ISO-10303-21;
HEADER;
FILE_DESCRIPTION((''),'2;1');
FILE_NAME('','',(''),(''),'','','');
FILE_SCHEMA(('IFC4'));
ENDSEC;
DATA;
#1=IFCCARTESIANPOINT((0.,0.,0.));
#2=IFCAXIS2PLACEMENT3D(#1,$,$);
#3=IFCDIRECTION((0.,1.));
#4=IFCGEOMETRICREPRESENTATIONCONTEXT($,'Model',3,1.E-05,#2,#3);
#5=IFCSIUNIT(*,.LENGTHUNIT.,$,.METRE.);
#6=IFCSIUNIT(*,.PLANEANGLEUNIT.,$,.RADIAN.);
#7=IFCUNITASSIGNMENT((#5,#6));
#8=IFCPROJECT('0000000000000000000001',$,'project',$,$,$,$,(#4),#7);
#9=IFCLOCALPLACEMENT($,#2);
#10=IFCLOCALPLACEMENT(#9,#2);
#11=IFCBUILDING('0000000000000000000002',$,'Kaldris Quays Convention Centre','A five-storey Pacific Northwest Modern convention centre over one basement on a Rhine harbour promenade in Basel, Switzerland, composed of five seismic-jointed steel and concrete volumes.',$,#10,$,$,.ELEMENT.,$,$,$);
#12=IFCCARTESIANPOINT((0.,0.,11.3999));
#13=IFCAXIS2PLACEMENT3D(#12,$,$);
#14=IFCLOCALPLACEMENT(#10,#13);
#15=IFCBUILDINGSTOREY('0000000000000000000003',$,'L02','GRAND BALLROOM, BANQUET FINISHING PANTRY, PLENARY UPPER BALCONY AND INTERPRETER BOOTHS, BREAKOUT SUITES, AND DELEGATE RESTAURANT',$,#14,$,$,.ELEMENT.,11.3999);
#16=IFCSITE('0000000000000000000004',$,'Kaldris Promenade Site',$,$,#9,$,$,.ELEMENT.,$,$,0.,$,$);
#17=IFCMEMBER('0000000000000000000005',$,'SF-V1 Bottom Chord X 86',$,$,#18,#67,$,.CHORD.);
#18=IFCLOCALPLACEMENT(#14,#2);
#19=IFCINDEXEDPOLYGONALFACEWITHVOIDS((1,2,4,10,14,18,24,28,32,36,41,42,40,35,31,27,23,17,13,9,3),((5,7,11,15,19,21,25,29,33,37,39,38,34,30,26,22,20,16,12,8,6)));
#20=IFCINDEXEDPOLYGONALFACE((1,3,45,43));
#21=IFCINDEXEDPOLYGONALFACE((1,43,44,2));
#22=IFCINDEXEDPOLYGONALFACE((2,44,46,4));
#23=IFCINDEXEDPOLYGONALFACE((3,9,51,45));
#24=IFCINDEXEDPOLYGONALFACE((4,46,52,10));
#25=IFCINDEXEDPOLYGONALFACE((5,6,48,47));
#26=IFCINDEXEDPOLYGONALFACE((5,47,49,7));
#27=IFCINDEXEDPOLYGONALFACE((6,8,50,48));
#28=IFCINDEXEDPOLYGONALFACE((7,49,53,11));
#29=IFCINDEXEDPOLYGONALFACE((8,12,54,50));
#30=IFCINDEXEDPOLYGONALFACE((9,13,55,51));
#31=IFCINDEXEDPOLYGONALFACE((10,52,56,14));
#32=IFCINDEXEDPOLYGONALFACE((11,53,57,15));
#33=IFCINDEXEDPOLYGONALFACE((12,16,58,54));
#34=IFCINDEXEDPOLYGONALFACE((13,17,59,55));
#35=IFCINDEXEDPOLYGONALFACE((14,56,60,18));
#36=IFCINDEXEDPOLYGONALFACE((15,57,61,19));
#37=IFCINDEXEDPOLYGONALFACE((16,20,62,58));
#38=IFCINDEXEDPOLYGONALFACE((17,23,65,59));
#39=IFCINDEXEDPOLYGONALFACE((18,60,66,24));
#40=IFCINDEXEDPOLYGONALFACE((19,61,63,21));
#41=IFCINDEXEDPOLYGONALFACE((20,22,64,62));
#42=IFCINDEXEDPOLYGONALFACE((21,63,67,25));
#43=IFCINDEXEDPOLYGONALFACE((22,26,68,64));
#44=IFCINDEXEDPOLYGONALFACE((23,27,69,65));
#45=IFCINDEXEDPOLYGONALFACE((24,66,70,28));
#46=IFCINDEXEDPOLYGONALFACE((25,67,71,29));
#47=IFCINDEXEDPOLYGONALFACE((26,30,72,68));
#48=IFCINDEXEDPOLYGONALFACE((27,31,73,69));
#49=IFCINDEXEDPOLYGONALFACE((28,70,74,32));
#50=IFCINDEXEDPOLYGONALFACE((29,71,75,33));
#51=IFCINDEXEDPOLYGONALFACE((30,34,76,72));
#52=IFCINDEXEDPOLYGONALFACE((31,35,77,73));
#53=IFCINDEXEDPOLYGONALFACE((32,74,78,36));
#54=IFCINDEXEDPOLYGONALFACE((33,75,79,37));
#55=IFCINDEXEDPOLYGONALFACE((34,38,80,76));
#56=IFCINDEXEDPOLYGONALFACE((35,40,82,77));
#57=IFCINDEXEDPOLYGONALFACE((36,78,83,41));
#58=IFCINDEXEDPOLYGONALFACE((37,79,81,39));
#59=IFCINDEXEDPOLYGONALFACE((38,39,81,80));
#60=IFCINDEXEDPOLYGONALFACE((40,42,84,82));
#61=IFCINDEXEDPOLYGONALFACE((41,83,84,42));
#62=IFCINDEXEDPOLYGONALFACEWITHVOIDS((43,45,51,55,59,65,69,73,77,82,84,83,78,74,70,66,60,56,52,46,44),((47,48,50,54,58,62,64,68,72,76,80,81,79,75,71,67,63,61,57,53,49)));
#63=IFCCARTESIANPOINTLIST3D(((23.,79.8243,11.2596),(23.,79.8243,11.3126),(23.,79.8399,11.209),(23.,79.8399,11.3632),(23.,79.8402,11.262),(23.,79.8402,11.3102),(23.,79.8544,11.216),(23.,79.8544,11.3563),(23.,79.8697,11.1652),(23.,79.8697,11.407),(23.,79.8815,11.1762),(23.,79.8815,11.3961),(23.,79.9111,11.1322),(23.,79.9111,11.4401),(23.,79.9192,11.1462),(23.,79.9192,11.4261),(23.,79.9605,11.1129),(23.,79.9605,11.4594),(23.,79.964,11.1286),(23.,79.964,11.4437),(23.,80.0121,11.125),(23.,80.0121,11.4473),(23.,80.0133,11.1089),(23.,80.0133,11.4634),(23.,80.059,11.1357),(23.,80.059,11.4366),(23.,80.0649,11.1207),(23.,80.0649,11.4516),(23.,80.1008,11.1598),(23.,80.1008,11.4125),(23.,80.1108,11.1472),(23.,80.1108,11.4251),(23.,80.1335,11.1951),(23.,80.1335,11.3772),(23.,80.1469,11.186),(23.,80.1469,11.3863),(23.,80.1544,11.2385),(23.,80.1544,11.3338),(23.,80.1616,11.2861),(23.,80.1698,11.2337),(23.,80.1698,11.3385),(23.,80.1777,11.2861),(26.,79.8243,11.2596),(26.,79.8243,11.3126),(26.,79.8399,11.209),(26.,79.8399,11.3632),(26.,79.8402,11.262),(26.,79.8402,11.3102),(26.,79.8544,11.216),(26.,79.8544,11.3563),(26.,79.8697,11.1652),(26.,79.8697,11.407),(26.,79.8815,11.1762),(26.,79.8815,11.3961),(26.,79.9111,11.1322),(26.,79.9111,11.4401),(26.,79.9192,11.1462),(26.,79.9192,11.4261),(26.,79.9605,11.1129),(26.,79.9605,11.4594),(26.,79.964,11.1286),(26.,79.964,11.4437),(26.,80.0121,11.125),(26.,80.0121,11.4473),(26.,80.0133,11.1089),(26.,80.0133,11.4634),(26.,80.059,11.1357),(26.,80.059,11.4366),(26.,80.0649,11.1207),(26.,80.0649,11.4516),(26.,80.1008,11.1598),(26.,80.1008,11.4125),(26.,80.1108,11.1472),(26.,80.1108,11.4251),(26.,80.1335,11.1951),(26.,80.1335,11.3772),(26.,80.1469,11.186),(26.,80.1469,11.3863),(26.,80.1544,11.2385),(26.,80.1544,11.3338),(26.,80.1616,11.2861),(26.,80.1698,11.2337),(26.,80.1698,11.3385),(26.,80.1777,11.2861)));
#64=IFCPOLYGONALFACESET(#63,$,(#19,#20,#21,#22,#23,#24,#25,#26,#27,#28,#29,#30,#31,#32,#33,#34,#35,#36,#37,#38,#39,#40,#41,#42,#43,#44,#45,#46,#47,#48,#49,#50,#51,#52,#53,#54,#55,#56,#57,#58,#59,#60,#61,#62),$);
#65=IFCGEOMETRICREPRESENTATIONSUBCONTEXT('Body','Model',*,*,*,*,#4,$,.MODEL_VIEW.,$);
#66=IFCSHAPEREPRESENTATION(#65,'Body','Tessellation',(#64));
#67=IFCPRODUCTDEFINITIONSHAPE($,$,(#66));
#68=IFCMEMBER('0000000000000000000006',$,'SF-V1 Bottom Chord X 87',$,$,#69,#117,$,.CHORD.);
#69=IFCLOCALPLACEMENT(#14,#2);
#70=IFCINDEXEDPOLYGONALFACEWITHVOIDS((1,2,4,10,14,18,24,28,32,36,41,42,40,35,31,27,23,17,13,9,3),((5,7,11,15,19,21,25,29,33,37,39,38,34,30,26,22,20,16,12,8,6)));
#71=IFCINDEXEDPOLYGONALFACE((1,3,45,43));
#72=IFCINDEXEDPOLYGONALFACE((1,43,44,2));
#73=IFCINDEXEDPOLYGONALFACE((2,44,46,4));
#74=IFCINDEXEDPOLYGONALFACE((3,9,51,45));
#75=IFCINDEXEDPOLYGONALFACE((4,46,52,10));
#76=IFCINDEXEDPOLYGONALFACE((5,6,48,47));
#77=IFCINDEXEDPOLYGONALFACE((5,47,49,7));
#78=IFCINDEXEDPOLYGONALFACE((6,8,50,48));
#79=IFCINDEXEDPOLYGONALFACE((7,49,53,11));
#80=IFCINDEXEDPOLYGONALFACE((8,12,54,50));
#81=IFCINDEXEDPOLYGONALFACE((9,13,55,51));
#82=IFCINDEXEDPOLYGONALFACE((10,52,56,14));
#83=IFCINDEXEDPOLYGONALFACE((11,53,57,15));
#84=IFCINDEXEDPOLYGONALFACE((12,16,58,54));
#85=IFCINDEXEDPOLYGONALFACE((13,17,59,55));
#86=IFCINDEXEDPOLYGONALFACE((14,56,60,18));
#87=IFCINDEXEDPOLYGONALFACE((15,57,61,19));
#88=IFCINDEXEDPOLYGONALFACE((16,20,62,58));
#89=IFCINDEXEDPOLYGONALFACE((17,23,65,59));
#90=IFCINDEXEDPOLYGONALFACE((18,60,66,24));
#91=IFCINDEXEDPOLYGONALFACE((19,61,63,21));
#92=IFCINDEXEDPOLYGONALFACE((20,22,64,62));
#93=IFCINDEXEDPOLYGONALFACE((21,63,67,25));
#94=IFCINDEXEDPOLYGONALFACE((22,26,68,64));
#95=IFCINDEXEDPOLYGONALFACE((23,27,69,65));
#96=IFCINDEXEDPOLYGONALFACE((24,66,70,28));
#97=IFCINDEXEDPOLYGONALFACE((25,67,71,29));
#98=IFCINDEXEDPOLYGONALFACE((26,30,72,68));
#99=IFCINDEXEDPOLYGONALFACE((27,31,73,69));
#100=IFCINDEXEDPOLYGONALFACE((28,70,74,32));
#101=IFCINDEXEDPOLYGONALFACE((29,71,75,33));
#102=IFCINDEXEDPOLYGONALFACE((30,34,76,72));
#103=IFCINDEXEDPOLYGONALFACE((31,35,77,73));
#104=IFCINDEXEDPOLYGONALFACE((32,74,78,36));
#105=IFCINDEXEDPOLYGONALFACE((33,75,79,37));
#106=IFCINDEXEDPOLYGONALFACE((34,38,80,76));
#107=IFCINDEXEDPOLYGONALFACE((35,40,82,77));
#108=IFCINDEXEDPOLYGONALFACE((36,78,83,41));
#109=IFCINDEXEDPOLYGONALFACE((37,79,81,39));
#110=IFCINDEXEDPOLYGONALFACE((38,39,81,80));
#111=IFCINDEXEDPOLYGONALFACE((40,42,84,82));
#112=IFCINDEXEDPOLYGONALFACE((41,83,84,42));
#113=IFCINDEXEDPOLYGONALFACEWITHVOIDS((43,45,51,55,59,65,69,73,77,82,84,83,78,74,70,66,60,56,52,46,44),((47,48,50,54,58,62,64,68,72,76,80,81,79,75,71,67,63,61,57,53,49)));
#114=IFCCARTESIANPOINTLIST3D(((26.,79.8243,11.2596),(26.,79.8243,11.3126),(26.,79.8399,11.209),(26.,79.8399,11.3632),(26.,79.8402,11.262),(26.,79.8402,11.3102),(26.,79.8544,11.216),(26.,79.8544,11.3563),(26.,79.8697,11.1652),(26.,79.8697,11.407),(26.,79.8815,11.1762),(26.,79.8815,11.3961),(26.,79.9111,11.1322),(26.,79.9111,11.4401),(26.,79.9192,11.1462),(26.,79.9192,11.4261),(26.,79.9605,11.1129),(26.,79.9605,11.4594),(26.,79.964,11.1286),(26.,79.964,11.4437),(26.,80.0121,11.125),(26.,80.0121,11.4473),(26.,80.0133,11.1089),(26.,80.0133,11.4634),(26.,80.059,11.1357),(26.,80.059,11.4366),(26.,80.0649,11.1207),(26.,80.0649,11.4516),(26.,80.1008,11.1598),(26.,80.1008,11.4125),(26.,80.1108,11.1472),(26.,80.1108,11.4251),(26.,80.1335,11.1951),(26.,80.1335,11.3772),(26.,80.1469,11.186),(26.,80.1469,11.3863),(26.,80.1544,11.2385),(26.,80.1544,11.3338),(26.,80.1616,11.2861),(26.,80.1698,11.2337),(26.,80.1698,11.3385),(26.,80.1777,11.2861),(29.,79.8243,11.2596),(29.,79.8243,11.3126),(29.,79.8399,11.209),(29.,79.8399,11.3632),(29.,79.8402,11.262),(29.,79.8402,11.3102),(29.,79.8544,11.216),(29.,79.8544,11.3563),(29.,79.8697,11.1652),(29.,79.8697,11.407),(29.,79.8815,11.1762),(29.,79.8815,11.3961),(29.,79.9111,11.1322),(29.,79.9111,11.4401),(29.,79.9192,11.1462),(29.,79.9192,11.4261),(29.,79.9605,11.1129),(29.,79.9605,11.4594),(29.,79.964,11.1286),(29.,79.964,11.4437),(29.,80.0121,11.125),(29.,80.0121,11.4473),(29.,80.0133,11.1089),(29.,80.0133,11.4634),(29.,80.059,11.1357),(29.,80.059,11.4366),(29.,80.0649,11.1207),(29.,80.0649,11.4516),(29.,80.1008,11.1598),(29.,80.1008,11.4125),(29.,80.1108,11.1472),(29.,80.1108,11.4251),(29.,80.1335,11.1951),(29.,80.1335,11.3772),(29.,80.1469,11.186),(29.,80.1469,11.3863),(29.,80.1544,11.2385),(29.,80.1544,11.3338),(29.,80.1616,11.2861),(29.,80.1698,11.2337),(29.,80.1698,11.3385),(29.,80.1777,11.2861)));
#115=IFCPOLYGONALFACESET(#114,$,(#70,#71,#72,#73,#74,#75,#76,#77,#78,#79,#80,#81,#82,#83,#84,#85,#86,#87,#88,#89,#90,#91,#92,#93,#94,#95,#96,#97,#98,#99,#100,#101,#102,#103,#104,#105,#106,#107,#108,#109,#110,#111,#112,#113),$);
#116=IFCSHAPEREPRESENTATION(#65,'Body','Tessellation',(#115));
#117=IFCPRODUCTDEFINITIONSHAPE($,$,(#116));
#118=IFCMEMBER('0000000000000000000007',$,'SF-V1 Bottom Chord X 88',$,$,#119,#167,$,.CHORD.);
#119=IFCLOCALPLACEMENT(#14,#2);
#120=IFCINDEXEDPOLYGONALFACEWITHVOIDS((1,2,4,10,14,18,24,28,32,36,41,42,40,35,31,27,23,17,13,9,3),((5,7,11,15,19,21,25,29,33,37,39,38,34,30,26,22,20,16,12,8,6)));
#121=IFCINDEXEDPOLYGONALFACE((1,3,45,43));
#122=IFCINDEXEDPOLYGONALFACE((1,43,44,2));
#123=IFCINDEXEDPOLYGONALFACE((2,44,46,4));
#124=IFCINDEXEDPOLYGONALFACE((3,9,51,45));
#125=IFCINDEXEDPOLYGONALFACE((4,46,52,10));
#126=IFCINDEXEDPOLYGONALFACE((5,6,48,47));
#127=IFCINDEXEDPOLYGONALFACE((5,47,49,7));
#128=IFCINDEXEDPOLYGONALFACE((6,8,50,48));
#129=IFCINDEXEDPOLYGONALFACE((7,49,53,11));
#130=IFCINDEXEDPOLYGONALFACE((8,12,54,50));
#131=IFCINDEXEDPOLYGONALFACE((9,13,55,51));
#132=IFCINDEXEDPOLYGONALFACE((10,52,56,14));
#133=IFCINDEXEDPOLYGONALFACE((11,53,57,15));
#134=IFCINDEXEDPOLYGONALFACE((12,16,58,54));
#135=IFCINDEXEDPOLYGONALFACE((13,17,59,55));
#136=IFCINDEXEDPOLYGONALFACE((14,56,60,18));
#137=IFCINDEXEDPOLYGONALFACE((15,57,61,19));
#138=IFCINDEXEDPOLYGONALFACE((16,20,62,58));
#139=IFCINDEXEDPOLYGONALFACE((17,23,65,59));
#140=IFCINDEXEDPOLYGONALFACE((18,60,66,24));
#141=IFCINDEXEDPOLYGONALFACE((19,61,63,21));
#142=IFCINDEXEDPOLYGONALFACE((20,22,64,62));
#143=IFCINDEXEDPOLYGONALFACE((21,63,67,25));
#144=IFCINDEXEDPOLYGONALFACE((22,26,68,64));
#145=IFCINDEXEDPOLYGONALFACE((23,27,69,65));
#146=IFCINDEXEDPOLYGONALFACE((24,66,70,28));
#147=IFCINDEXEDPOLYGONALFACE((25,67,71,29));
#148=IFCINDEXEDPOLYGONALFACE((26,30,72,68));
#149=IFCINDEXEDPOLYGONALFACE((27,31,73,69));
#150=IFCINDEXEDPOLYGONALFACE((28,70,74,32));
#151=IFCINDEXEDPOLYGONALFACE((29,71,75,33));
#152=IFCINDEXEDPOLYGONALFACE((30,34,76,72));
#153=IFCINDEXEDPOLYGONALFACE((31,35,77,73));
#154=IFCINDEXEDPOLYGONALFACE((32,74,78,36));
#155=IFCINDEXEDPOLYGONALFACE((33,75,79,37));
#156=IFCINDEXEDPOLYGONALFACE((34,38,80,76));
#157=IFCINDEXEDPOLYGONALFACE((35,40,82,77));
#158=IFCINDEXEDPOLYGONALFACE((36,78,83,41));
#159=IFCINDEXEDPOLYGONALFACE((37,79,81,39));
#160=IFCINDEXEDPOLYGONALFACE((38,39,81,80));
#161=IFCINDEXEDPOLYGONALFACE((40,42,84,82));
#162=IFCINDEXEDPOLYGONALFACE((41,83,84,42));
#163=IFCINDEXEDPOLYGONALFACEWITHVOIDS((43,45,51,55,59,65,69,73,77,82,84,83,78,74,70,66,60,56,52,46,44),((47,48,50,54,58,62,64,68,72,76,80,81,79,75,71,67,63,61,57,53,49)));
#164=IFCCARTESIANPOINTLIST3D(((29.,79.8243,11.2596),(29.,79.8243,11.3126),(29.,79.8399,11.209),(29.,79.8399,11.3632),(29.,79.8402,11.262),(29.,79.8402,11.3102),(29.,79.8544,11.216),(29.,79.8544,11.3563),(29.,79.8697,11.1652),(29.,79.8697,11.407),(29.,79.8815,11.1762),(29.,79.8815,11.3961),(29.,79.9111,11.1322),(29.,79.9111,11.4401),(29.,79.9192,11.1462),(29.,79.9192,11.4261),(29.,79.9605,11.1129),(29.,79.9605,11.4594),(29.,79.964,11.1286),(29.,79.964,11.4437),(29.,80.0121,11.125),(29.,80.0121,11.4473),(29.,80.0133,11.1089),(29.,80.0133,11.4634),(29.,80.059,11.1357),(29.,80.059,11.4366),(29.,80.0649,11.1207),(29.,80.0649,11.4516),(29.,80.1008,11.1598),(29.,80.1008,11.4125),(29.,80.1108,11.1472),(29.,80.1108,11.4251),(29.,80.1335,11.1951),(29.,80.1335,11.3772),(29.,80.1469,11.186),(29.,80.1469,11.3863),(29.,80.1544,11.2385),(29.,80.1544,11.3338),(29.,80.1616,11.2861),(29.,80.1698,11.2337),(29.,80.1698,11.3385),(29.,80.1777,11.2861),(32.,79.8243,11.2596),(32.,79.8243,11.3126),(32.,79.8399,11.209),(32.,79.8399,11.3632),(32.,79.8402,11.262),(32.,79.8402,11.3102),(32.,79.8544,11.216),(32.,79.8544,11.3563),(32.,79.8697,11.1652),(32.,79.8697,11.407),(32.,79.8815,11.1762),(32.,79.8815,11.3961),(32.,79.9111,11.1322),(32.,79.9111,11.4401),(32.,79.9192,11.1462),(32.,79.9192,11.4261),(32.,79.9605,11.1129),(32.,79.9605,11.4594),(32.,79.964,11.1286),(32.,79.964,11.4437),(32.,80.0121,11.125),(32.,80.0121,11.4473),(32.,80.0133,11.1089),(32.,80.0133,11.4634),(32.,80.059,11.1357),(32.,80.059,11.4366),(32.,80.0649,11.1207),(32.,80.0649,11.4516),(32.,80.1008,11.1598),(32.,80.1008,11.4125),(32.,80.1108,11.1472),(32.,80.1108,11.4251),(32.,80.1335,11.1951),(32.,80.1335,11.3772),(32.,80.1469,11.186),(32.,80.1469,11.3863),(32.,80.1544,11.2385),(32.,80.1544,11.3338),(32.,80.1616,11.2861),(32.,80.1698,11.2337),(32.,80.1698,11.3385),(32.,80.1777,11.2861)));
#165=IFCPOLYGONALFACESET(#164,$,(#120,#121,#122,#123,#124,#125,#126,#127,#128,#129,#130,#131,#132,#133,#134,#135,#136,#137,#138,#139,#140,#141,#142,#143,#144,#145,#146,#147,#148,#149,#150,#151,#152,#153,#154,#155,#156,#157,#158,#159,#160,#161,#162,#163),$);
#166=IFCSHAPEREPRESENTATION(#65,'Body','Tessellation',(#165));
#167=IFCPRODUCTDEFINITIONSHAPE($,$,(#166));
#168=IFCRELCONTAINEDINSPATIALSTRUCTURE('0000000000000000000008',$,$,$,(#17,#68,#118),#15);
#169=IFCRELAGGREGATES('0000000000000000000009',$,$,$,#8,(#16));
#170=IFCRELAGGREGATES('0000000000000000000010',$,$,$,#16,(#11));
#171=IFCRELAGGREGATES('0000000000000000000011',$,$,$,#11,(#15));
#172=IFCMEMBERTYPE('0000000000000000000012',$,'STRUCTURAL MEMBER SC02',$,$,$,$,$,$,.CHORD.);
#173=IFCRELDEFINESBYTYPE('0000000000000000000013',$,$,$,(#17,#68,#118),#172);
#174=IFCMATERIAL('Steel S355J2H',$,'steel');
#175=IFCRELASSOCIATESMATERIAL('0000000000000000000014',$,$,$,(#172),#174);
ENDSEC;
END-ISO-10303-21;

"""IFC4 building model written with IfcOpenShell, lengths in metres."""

from ifc_helpers import new_model, si_unit, direction, frame, origin, origin_2d, place, context, subcontext, project, spatial, hollow_circle, extrude, material, material_profile, profile_set, type_object, element, save


model = new_model("IFC4")

# Units and contexts
model_context = context("Model", 3, precision=1e-05, world=origin(), true_north=direction((0.0, 1.0)))
body_context = subcontext(model_context, "Body", "Model", "MODEL_VIEW")
ifc_project = project(units=[si_unit("LENGTHUNIT", "METRE"), si_unit("PLANEANGLEUNIT", "RADIAN")], contexts=[model_context])

# Site, building, storey
site_placement = place(None, origin())
site = spatial("IfcSite", under=ifc_project, at=site_placement, Name="Kaldris Promenade Site", CompositionType="ELEMENT", RefElevation=0.0)
building_placement = place(site_placement, origin())
building = spatial("IfcBuilding", under=site, at=building_placement, Name="Kaldris Quays Convention Centre", Description="A five-storey Pacific Northwest Modern convention centre over one basement on a Rhine harbour promenade in Basel, Switzerland, composed of five seismic-jointed steel and concrete volumes.", CompositionType="ELEMENT")
storey_placement = place(building_placement, frame((0.0, 0.0, 11.3999)))
storey = spatial("IfcBuildingStorey", under=building, at=storey_placement, Name="L02", Description="GRAND BALLROOM, BANQUET FINISHING PANTRY, PLENARY UPPER BALCONY AND INTERPRETER BOOTHS, BREAKOUT SUITES, AND DELEGATE RESTAURANT", CompositionType="ELEMENT", Elevation=11.3999)

# Members
ifc_material_1 = material(Name="Steel S355J2H", Category="steel")
ifc_material_profile_1 = material_profile(ifc_material_1, hollow_circle(Radius=0.1777, WallThickness=0.0161, at=origin_2d()), Name="CHS 355.6x16")
ifc_profile_set_1 = profile_set([ifc_material_profile_1], Name="Steel S355J2H")
member_type_1 = type_object("IfcMemberType", Name="STRUCTURAL MEMBER SC02", PredefinedType="CHORD", material=ifc_profile_set_1)
for number, where, z_axis, x_axis, name in (
    (1, (23.0, 80.0, 11.2861), (1.0, 0.0, 0.0), (0.0, 1.0, 0.0), "SF-V1 Bottom Chord X 86"),
    (2, (26.0, 80.0, 11.2861), (1.0, 0.0, 0.0), (0.0, 1.0, 0.0), "SF-V1 Bottom Chord X 87"),
    (3, (29.0, 80.0, 11.2861), (1.0, 0.0, 0.0), (0.0, 1.0, 0.0), "SF-V1 Bottom Chord X 88"),
):
    element("IfcMember", number, at=place(storey_placement, frame(where, z_axis=z_axis, x_axis=x_axis)), inside=storey, type_object=member_type_1, Name=name, PredefinedType="CHORD", context=body_context, shape_type="SweptSolid", body=[
        extrude(hollow_circle(Radius=0.1777, WallThickness=0.0161, at=origin_2d()), origin(), (0.0, 0.0, 1.0), 3.0),
    ])

save(model, "model.ifc")
